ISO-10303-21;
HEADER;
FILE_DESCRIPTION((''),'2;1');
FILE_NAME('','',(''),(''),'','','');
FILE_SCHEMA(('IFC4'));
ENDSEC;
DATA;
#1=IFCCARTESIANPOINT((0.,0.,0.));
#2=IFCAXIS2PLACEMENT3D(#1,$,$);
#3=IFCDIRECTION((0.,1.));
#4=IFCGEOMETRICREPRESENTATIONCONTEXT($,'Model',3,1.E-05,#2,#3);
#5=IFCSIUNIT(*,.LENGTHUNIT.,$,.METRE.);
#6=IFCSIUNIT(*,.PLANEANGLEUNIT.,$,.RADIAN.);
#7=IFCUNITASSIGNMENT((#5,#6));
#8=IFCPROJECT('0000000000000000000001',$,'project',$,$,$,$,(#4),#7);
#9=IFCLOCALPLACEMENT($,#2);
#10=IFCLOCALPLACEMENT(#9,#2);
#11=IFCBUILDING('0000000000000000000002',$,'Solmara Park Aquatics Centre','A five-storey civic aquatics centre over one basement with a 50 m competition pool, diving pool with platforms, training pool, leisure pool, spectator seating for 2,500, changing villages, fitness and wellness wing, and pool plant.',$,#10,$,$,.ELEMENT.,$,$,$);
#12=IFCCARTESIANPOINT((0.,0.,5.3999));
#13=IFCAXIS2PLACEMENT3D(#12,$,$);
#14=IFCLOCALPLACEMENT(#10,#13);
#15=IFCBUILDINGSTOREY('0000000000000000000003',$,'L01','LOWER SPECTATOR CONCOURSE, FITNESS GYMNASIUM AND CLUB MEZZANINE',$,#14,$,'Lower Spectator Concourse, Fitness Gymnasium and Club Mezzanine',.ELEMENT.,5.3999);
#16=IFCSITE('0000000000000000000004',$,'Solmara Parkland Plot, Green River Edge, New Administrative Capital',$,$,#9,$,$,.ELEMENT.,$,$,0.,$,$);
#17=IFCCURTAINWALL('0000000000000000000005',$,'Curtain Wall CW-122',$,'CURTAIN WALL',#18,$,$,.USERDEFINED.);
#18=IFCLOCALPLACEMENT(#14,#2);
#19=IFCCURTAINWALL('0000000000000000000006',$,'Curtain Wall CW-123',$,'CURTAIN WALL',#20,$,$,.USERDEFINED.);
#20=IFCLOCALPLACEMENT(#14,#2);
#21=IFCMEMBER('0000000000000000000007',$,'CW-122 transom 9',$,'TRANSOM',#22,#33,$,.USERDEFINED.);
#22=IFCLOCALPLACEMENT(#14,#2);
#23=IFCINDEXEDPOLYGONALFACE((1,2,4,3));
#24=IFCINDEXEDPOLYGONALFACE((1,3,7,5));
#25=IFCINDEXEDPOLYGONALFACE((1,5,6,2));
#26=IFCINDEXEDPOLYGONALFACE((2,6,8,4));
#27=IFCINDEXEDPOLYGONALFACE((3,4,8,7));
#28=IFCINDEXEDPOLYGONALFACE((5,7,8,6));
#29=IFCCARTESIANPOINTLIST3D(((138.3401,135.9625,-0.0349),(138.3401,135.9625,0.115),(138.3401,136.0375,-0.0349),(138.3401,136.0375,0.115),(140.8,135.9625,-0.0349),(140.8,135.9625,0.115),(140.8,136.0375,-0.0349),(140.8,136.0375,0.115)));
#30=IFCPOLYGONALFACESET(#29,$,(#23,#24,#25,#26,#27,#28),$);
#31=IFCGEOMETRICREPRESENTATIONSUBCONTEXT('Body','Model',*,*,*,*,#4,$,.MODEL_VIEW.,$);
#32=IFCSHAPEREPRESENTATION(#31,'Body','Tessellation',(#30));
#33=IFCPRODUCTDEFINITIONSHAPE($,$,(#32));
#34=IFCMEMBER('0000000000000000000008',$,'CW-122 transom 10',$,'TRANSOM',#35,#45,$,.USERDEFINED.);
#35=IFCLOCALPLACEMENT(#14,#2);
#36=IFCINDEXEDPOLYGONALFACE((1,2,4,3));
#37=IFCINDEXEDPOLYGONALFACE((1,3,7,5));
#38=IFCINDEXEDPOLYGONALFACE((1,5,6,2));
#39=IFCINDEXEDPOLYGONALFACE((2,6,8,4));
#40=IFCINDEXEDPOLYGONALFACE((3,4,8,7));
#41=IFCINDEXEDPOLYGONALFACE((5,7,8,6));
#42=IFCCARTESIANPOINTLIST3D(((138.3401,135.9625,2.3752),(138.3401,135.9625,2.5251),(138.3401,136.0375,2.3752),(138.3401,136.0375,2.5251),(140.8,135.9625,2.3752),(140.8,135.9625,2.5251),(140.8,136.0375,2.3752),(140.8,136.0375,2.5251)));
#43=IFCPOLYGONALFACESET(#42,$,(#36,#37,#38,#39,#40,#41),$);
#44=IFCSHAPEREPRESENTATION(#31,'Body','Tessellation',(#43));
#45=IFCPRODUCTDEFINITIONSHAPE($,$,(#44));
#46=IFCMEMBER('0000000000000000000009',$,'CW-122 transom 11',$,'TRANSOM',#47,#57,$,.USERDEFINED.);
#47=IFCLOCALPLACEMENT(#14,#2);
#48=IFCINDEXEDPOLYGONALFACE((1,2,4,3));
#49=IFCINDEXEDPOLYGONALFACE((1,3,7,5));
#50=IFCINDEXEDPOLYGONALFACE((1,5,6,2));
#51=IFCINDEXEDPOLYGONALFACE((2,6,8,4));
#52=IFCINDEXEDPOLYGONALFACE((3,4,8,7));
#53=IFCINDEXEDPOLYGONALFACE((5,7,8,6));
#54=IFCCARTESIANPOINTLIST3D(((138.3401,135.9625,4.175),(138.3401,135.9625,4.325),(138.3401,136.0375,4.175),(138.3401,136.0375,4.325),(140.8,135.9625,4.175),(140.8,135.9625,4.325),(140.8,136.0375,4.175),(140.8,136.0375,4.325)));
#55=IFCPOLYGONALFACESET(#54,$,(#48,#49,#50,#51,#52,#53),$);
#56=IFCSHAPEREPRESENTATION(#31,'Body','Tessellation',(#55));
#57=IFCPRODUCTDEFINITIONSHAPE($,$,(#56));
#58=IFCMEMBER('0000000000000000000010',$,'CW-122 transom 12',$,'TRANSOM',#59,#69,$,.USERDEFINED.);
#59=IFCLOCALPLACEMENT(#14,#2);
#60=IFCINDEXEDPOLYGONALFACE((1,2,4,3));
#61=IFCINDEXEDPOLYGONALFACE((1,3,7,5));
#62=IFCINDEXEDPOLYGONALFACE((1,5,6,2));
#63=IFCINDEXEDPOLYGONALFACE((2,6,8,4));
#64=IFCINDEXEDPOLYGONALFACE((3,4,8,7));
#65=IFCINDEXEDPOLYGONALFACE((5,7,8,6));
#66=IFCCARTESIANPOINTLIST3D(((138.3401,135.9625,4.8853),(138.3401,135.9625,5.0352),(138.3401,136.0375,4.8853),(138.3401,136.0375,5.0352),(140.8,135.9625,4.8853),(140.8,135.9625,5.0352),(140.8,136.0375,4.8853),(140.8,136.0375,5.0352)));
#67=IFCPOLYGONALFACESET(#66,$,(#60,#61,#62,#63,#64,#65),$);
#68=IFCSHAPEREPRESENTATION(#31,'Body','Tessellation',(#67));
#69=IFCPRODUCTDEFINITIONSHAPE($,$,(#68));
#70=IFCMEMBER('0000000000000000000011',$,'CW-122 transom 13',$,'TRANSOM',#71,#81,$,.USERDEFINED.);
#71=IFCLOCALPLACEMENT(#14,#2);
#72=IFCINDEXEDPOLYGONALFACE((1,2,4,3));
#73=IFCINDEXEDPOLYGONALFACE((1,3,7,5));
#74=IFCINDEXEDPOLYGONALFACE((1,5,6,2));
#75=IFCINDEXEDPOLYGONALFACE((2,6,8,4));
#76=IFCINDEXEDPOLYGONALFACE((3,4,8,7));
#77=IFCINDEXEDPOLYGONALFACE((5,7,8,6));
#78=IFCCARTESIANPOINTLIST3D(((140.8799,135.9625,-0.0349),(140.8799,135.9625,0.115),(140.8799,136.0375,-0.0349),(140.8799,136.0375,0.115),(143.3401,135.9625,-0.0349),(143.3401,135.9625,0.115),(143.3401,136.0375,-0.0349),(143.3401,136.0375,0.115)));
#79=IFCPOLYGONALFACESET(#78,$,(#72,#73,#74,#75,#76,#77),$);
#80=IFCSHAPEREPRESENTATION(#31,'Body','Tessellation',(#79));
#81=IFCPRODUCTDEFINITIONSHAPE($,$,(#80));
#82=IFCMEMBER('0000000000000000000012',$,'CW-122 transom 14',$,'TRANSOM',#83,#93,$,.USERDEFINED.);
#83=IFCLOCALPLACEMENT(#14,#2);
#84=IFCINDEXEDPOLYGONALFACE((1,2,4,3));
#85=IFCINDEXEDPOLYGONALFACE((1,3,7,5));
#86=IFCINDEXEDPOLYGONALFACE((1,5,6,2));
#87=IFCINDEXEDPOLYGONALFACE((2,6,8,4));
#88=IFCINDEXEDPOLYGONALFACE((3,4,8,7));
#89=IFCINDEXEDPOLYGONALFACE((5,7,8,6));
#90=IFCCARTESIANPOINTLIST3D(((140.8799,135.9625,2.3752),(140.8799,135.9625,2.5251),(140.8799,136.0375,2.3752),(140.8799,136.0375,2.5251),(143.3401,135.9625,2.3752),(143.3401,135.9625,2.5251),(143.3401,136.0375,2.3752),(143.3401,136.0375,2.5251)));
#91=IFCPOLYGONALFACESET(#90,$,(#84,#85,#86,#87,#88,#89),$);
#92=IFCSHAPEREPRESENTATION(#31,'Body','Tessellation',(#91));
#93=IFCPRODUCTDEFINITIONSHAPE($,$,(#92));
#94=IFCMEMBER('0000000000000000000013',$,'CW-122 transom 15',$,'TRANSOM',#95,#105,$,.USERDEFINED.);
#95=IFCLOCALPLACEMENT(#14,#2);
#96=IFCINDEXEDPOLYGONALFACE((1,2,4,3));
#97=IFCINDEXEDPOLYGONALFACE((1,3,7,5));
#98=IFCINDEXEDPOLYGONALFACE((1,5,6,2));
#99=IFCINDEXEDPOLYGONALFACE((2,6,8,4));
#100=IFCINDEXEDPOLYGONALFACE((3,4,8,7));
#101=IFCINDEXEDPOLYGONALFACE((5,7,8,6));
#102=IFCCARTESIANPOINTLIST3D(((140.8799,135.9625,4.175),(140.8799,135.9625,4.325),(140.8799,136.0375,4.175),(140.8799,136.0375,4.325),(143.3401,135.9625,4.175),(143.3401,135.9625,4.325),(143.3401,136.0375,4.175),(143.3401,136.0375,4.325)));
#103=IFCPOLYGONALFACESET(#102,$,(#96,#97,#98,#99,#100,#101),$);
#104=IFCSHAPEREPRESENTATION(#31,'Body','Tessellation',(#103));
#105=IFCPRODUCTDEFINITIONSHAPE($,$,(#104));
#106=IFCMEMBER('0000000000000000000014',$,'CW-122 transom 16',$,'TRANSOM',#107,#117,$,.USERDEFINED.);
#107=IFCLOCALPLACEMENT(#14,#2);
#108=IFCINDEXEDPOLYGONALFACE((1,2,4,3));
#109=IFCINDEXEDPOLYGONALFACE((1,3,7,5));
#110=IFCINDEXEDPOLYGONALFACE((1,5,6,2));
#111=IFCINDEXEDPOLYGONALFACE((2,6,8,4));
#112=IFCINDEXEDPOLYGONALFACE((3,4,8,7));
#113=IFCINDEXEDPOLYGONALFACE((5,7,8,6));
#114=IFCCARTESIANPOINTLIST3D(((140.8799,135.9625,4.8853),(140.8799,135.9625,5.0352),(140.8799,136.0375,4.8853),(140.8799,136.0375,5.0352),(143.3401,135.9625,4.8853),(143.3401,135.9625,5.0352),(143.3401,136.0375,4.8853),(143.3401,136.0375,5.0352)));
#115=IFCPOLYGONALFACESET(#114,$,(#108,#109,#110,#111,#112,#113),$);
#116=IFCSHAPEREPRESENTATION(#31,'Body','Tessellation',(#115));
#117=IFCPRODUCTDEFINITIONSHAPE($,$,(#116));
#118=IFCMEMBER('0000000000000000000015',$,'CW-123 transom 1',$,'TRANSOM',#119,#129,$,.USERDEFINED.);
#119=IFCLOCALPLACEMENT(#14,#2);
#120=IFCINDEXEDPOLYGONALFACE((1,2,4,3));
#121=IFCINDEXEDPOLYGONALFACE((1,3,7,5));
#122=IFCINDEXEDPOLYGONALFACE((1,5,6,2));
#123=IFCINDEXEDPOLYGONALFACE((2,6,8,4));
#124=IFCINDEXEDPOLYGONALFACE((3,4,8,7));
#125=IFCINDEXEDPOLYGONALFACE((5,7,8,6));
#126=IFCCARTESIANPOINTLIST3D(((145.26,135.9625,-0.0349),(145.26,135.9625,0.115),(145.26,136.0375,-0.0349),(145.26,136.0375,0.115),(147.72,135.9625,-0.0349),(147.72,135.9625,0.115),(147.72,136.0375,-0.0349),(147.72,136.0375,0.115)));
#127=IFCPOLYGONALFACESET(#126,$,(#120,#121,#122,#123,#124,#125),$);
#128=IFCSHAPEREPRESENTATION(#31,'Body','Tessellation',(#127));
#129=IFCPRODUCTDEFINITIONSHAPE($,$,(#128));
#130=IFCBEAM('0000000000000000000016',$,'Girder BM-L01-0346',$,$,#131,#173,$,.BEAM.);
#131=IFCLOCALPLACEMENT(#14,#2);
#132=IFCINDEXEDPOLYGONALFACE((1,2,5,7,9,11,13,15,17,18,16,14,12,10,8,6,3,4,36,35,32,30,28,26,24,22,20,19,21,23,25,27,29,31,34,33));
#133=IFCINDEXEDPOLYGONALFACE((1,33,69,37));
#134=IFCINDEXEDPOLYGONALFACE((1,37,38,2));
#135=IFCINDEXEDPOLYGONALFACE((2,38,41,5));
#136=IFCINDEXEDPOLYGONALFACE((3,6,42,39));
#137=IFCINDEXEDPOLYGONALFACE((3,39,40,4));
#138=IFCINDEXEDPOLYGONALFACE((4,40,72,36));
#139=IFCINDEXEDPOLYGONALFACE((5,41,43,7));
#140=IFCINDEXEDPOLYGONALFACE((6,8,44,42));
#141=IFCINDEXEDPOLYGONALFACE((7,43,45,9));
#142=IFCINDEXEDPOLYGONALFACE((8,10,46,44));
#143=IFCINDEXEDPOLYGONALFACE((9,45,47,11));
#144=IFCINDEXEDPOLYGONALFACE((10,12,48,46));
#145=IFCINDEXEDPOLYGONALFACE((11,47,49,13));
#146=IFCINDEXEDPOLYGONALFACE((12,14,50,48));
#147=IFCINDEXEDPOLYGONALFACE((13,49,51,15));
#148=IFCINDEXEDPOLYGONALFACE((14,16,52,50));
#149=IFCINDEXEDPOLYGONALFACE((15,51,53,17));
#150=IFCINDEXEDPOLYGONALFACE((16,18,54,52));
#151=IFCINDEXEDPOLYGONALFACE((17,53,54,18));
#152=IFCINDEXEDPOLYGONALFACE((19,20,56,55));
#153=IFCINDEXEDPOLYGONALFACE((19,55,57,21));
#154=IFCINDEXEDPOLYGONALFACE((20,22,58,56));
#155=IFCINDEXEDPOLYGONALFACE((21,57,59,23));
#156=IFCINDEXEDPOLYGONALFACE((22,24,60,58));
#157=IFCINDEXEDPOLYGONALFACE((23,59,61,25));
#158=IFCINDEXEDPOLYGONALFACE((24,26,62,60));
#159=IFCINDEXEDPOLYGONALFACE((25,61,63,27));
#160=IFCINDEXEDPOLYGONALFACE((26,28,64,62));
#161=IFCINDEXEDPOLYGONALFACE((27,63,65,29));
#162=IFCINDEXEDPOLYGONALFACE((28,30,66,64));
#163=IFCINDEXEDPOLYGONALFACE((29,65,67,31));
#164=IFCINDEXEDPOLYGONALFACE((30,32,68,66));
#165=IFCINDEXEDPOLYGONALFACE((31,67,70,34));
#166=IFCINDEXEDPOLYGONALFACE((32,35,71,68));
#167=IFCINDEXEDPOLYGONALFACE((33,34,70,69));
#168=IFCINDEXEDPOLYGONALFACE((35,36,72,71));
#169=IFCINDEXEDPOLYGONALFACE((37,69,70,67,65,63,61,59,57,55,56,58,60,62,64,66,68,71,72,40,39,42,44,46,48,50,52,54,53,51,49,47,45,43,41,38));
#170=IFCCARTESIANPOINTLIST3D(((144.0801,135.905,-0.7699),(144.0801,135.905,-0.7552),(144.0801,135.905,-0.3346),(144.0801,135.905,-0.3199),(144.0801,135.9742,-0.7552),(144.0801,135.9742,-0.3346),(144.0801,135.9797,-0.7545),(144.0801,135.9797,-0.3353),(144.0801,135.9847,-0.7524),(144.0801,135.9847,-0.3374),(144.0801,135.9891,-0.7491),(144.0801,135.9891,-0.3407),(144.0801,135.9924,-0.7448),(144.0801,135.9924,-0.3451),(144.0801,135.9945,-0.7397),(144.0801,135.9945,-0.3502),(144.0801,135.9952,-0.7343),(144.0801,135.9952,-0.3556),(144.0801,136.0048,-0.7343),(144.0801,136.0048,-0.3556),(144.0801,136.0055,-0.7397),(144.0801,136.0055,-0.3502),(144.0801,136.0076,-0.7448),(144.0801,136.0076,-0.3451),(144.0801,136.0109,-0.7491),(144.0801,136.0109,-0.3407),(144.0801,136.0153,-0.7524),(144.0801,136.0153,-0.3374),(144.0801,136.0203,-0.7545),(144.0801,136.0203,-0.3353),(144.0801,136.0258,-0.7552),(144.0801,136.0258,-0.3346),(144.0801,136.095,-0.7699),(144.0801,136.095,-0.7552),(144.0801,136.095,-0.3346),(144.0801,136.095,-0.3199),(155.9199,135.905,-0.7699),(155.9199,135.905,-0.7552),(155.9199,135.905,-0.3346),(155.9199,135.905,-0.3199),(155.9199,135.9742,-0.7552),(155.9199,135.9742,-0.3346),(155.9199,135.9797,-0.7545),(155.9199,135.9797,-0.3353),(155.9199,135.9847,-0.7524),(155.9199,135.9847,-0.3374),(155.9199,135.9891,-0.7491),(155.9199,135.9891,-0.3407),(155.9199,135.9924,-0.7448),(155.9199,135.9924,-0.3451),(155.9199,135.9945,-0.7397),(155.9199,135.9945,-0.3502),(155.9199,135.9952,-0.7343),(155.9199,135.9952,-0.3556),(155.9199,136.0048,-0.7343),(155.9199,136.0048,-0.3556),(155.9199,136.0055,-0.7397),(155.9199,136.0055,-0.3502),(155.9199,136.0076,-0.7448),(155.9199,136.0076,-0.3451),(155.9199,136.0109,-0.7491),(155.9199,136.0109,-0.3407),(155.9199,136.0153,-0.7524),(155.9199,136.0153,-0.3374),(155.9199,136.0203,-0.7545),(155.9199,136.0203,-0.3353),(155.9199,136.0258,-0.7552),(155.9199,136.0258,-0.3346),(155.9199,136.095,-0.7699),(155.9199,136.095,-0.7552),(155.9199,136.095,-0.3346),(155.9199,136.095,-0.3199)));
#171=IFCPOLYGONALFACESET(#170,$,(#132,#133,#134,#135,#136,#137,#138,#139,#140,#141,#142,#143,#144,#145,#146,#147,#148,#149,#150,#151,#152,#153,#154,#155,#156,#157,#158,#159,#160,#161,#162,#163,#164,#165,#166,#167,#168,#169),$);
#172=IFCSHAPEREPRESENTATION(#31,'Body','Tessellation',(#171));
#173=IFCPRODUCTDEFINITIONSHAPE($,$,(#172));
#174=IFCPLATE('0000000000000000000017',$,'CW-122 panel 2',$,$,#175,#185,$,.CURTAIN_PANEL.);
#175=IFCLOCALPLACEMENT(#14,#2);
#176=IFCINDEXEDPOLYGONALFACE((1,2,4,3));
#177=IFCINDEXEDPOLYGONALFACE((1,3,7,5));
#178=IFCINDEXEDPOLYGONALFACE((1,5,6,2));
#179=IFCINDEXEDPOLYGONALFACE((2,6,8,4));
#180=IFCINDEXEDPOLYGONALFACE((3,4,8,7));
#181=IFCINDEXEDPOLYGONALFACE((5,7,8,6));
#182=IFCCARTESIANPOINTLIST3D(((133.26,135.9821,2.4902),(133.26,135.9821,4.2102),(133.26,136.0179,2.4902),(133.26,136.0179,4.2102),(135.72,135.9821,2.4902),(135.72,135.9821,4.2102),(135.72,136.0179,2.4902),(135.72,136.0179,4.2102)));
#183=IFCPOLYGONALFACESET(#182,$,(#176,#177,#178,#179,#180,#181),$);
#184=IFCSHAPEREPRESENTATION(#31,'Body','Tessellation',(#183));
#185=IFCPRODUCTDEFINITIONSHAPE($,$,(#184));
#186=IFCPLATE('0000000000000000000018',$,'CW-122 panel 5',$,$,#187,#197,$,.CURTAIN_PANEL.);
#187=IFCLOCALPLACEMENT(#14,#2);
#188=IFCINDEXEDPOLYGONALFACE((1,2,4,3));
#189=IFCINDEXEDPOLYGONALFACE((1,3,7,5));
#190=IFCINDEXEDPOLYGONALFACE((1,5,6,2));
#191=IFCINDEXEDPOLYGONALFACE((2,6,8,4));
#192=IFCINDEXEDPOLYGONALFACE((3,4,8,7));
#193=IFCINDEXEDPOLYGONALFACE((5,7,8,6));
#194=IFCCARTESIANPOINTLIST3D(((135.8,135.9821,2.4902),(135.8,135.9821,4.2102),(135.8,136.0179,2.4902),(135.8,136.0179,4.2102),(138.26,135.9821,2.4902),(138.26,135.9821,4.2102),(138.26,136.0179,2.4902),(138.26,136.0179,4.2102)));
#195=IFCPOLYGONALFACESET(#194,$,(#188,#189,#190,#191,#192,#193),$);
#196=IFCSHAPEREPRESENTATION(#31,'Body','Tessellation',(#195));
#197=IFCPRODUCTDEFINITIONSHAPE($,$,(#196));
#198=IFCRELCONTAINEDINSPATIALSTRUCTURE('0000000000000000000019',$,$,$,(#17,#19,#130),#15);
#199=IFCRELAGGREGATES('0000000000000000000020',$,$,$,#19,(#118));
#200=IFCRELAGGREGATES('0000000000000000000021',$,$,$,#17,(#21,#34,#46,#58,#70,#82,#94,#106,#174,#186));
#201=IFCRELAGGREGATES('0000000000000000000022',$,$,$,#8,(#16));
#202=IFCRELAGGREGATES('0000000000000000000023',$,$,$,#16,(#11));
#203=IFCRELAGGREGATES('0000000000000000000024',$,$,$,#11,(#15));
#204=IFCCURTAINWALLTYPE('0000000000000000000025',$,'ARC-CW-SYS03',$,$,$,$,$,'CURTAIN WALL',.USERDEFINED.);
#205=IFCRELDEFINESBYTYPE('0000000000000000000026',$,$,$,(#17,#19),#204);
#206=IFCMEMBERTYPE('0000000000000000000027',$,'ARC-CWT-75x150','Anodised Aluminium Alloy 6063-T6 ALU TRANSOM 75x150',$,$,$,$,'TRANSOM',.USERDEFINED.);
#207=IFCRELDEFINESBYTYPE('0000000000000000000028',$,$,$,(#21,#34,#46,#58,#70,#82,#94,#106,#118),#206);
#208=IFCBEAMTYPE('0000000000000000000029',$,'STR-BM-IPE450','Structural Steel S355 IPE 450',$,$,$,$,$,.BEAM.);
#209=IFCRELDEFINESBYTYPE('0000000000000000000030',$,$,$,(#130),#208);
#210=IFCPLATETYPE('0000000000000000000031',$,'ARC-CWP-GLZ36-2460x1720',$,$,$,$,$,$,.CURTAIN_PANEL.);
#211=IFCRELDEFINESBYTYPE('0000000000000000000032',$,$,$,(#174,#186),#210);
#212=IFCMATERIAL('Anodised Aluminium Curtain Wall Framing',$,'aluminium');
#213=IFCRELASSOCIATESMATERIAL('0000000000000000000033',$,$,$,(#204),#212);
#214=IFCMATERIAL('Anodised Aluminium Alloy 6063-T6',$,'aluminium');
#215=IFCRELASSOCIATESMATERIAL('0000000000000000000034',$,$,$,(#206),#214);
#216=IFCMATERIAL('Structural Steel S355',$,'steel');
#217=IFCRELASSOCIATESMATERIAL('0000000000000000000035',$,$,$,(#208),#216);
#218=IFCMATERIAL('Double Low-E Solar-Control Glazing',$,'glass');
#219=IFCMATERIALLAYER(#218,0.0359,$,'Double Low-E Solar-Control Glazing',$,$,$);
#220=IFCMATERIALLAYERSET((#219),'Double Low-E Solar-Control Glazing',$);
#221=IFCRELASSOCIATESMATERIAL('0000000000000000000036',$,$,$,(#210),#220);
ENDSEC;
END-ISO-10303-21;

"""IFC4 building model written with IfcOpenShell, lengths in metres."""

from ifc_helpers import new_model, si_unit, direction, frame, origin, origin_2d, place, context, subcontext, project, spatial, rectangle, i_section, extrude, material, layer, layer_set, material_profile, profile_set, type_object, element, aggregate, save


model = new_model("IFC4")

# Units and contexts
model_context = context("Model", 3, precision=1e-05, world=origin(), true_north=direction((0.0, 1.0)))
body_context = subcontext(model_context, "Body", "Model", "MODEL_VIEW")
ifc_project = project(units=[si_unit("LENGTHUNIT", "METRE"), si_unit("PLANEANGLEUNIT", "RADIAN")], contexts=[model_context])

# Site, building, storey
site_placement = place(None, origin())
site = spatial("IfcSite", under=ifc_project, at=site_placement, Name="Solmara Parkland Plot, Green River Edge, New Administrative Capital", CompositionType="ELEMENT", RefElevation=0.0)
building_placement = place(site_placement, origin())
building = spatial("IfcBuilding", under=site, at=building_placement, Name="Solmara Park Aquatics Centre", Description="A five-storey civic aquatics centre over one basement with a 50 m competition pool, diving pool with platforms, training pool, leisure pool, spectator seating for 2,500, changing villages, fitness and wellness wing, and pool plant.", CompositionType="ELEMENT")
storey_placement = place(building_placement, frame((0.0, 0.0, 5.3999)))
storey = spatial("IfcBuildingStorey", under=building, at=storey_placement, Name="L01", Description="LOWER SPECTATOR CONCOURSE, FITNESS GYMNASIUM AND CLUB MEZZANINE", LongName="Lower Spectator Concourse, Fitness Gymnasium and Club Mezzanine", CompositionType="ELEMENT", Elevation=5.3999)

# Shared definitions
ifc_material_1 = material(Name="Structural Steel S355", Category="steel")

# Curtain wall
ifc_material_2 = material(Name="Anodised Aluminium Curtain Wall Framing", Category="aluminium")
curtain_wall_type = type_object("IfcCurtainWallType", Name="ARC-CW-SYS03", ElementType="CURTAIN WALL", PredefinedType="USERDEFINED", material=ifc_material_2)
curtain_wall_1_placement = place(storey_placement, origin())
curtain_wall_1 = element("IfcCurtainWall", 1, at=curtain_wall_1_placement, inside=storey, type_object=curtain_wall_type, Name="Curtain Wall CW-122", ObjectType="CURTAIN WALL", PredefinedType="USERDEFINED")
ifc_material_3 = material(Name="Anodised Aluminium Alloy 6063-T6", Category="aluminium")

# Curtain wall
curtain_wall_2_placement = place(storey_placement, origin())
curtain_wall_2 = element("IfcCurtainWall", 2, at=curtain_wall_2_placement, inside=storey, type_object=curtain_wall_type, Name="Curtain Wall CW-123", ObjectType="CURTAIN WALL", PredefinedType="USERDEFINED")

# Members
ifc_material_profile_1 = material_profile(ifc_material_3, rectangle(XDim=0.075, YDim=0.1499, at=origin_2d()), Name="ALU TRANSOM 75x150")
ifc_profile_set_1 = profile_set([ifc_material_profile_1], Name="Anodised Aluminium Alloy 6063-T6")
member_type_1 = type_object("IfcMemberType", Name="ARC-CWT-75x150", Description="Anodised Aluminium Alloy 6063-T6 ALU TRANSOM 75x150", ElementType="TRANSOM", PredefinedType="USERDEFINED", material=ifc_profile_set_1)
member_1_placement = place(storey_placement, frame((138.3401, 136.0, 0.04), z_axis=(1.0, 0.0, 0.0), x_axis=(0.0, 1.0, 0.0)))
member_1 = element("IfcMember", 3, at=member_1_placement, type_object=member_type_1, Name="CW-122 transom 9", ObjectType="TRANSOM", PredefinedType="USERDEFINED", context=body_context, shape_type="SweptSolid", body=[
    extrude(rectangle(XDim=0.075, YDim=0.1499, at=origin_2d()), origin(), (0.0, 0.0, 1.0), 2.46),
])
member_2_placement = place(storey_placement, frame((138.3401, 136.0, 2.4502), z_axis=(1.0, 0.0, 0.0), x_axis=(0.0, 1.0, 0.0)))
member_2 = element("IfcMember", 4, at=member_2_placement, type_object=member_type_1, Name="CW-122 transom 10", ObjectType="TRANSOM", PredefinedType="USERDEFINED", context=body_context, shape_type="SweptSolid", body=[
    extrude(rectangle(XDim=0.075, YDim=0.1499, at=origin_2d()), origin(), (0.0, 0.0, 1.0), 2.46),
])
member_3_placement = place(storey_placement, frame((138.3401, 136.0, 4.25), z_axis=(1.0, 0.0, 0.0), x_axis=(0.0, 1.0, 0.0)))
member_3 = element("IfcMember", 5, at=member_3_placement, type_object=member_type_1, Name="CW-122 transom 11", ObjectType="TRANSOM", PredefinedType="USERDEFINED", context=body_context, shape_type="SweptSolid", body=[
    extrude(rectangle(XDim=0.075, YDim=0.1499, at=origin_2d()), origin(), (0.0, 0.0, 1.0), 2.46),
])
member_4_placement = place(storey_placement, frame((138.3401, 136.0, 4.9602), z_axis=(1.0, 0.0, 0.0), x_axis=(0.0, 1.0, 0.0)))
member_4 = element("IfcMember", 6, at=member_4_placement, type_object=member_type_1, Name="CW-122 transom 12", ObjectType="TRANSOM", PredefinedType="USERDEFINED", context=body_context, shape_type="SweptSolid", body=[
    extrude(rectangle(XDim=0.075, YDim=0.1499, at=origin_2d()), origin(), (0.0, 0.0, 1.0), 2.46),
])
member_5_placement = place(storey_placement, frame((140.8799, 136.0, 0.04), z_axis=(1.0, 0.0, 0.0), x_axis=(0.0, 1.0, 0.0)))
member_5 = element("IfcMember", 7, at=member_5_placement, type_object=member_type_1, Name="CW-122 transom 13", ObjectType="TRANSOM", PredefinedType="USERDEFINED", context=body_context, shape_type="SweptSolid", body=[
    extrude(rectangle(XDim=0.075, YDim=0.1499, at=origin_2d()), origin(), (0.0, 0.0, 1.0), 2.4602),
])
member_6_placement = place(storey_placement, frame((140.8799, 136.0, 2.4502), z_axis=(1.0, 0.0, 0.0), x_axis=(0.0, 1.0, 0.0)))
member_6 = element("IfcMember", 8, at=member_6_placement, type_object=member_type_1, Name="CW-122 transom 14", ObjectType="TRANSOM", PredefinedType="USERDEFINED", context=body_context, shape_type="SweptSolid", body=[
    extrude(rectangle(XDim=0.075, YDim=0.1499, at=origin_2d()), origin(), (0.0, 0.0, 1.0), 2.4602),
])
member_7_placement = place(storey_placement, frame((140.8799, 136.0, 4.25), z_axis=(1.0, 0.0, 0.0), x_axis=(0.0, 1.0, 0.0)))
member_7 = element("IfcMember", 9, at=member_7_placement, type_object=member_type_1, Name="CW-122 transom 15", ObjectType="TRANSOM", PredefinedType="USERDEFINED", context=body_context, shape_type="SweptSolid", body=[
    extrude(rectangle(XDim=0.075, YDim=0.1499, at=origin_2d()), origin(), (0.0, 0.0, 1.0), 2.4602),
])
member_8_placement = place(storey_placement, frame((140.8799, 136.0, 4.9602), z_axis=(1.0, 0.0, 0.0), x_axis=(0.0, 1.0, 0.0)))
member_8 = element("IfcMember", 10, at=member_8_placement, type_object=member_type_1, Name="CW-122 transom 16", ObjectType="TRANSOM", PredefinedType="USERDEFINED", context=body_context, shape_type="SweptSolid", body=[
    extrude(rectangle(XDim=0.075, YDim=0.1499, at=origin_2d()), origin(), (0.0, 0.0, 1.0), 2.4602),
])
member_9_placement = place(storey_placement, frame((145.26, 136.0, 0.04), z_axis=(1.0, 0.0, 0.0), x_axis=(0.0, 1.0, 0.0)))
member_9 = element("IfcMember", 11, at=member_9_placement, type_object=member_type_1, Name="CW-123 transom 1", ObjectType="TRANSOM", PredefinedType="USERDEFINED", context=body_context, shape_type="SweptSolid", body=[
    extrude(rectangle(XDim=0.075, YDim=0.1499, at=origin_2d()), origin(), (0.0, 0.0, 1.0), 2.46),
])
aggregate(curtain_wall_2, [member_9])

# Beam
ifc_material_profile_2 = material_profile(ifc_material_1, i_section(OverallWidth=0.1899, OverallDepth=0.45, WebThickness=0.0095, FlangeThickness=0.0146, FilletRadius=0.021, at=origin_2d()), Name="IPE 450")
ifc_profile_set_2 = profile_set([ifc_material_profile_2], Name="Structural Steel S355")
beam_type = type_object("IfcBeamType", Name="STR-BM-IPE450", Description="Structural Steel S355 IPE 450", PredefinedType="BEAM", material=ifc_profile_set_2)
beam_placement = place(storey_placement, frame((144.0801, 136.0, -0.5449), z_axis=(1.0, 0.0, 0.0), x_axis=(0.0, 1.0, 0.0)))
element("IfcBeam", 12, at=beam_placement, inside=storey, type_object=beam_type, Name="Girder BM-L01-0346", PredefinedType="BEAM", context=body_context, shape_type="SweptSolid", body=[
    extrude(i_section(OverallWidth=0.1899, OverallDepth=0.45, WebThickness=0.0095, FlangeThickness=0.0146, FilletRadius=0.021, at=origin_2d()), origin(), (0.0, 0.0, 1.0), 11.8398),
])

# Plates
ifc_material_4 = material(Name="Double Low-E Solar-Control Glazing", Category="glass")
ifc_layer_1 = layer(ifc_material_4, 0.0359, Name="Double Low-E Solar-Control Glazing")
ifc_layer_set_1 = layer_set([ifc_layer_1], Name="Double Low-E Solar-Control Glazing")
plate_type_1 = type_object("IfcPlateType", Name="ARC-CWP-GLZ36-2460x1720", PredefinedType="CURTAIN_PANEL", material=ifc_layer_set_1)
plate_1_placement = place(storey_placement, frame((134.49, 136.0, 2.4902), z_axis=(0.0, 0.0, 1.0), x_axis=(1.0, 0.0, 0.0)))
plate_1 = element("IfcPlate", 13, at=plate_1_placement, type_object=plate_type_1, Name="CW-122 panel 2", PredefinedType="CURTAIN_PANEL", context=body_context, shape_type="SweptSolid", body=[
    extrude(rectangle(XDim=2.46, YDim=0.0359, at=origin_2d()), origin(), (0.0, 0.0, 1.0), 1.72),
])
plate_2_placement = place(storey_placement, frame((137.03, 136.0, 2.4902), z_axis=(0.0, 0.0, 1.0), x_axis=(1.0, 0.0, 0.0)))
plate_2 = element("IfcPlate", 14, at=plate_2_placement, type_object=plate_type_1, Name="CW-122 panel 5", PredefinedType="CURTAIN_PANEL", context=body_context, shape_type="SweptSolid", body=[
    extrude(rectangle(XDim=2.46, YDim=0.0359, at=origin_2d()), origin(), (0.0, 0.0, 1.0), 1.72),
])
aggregate(curtain_wall_1, [member_1, member_2, member_3, member_4, member_5, member_6, member_7, member_8, plate_1, plate_2])

save(model, "model.ifc")
